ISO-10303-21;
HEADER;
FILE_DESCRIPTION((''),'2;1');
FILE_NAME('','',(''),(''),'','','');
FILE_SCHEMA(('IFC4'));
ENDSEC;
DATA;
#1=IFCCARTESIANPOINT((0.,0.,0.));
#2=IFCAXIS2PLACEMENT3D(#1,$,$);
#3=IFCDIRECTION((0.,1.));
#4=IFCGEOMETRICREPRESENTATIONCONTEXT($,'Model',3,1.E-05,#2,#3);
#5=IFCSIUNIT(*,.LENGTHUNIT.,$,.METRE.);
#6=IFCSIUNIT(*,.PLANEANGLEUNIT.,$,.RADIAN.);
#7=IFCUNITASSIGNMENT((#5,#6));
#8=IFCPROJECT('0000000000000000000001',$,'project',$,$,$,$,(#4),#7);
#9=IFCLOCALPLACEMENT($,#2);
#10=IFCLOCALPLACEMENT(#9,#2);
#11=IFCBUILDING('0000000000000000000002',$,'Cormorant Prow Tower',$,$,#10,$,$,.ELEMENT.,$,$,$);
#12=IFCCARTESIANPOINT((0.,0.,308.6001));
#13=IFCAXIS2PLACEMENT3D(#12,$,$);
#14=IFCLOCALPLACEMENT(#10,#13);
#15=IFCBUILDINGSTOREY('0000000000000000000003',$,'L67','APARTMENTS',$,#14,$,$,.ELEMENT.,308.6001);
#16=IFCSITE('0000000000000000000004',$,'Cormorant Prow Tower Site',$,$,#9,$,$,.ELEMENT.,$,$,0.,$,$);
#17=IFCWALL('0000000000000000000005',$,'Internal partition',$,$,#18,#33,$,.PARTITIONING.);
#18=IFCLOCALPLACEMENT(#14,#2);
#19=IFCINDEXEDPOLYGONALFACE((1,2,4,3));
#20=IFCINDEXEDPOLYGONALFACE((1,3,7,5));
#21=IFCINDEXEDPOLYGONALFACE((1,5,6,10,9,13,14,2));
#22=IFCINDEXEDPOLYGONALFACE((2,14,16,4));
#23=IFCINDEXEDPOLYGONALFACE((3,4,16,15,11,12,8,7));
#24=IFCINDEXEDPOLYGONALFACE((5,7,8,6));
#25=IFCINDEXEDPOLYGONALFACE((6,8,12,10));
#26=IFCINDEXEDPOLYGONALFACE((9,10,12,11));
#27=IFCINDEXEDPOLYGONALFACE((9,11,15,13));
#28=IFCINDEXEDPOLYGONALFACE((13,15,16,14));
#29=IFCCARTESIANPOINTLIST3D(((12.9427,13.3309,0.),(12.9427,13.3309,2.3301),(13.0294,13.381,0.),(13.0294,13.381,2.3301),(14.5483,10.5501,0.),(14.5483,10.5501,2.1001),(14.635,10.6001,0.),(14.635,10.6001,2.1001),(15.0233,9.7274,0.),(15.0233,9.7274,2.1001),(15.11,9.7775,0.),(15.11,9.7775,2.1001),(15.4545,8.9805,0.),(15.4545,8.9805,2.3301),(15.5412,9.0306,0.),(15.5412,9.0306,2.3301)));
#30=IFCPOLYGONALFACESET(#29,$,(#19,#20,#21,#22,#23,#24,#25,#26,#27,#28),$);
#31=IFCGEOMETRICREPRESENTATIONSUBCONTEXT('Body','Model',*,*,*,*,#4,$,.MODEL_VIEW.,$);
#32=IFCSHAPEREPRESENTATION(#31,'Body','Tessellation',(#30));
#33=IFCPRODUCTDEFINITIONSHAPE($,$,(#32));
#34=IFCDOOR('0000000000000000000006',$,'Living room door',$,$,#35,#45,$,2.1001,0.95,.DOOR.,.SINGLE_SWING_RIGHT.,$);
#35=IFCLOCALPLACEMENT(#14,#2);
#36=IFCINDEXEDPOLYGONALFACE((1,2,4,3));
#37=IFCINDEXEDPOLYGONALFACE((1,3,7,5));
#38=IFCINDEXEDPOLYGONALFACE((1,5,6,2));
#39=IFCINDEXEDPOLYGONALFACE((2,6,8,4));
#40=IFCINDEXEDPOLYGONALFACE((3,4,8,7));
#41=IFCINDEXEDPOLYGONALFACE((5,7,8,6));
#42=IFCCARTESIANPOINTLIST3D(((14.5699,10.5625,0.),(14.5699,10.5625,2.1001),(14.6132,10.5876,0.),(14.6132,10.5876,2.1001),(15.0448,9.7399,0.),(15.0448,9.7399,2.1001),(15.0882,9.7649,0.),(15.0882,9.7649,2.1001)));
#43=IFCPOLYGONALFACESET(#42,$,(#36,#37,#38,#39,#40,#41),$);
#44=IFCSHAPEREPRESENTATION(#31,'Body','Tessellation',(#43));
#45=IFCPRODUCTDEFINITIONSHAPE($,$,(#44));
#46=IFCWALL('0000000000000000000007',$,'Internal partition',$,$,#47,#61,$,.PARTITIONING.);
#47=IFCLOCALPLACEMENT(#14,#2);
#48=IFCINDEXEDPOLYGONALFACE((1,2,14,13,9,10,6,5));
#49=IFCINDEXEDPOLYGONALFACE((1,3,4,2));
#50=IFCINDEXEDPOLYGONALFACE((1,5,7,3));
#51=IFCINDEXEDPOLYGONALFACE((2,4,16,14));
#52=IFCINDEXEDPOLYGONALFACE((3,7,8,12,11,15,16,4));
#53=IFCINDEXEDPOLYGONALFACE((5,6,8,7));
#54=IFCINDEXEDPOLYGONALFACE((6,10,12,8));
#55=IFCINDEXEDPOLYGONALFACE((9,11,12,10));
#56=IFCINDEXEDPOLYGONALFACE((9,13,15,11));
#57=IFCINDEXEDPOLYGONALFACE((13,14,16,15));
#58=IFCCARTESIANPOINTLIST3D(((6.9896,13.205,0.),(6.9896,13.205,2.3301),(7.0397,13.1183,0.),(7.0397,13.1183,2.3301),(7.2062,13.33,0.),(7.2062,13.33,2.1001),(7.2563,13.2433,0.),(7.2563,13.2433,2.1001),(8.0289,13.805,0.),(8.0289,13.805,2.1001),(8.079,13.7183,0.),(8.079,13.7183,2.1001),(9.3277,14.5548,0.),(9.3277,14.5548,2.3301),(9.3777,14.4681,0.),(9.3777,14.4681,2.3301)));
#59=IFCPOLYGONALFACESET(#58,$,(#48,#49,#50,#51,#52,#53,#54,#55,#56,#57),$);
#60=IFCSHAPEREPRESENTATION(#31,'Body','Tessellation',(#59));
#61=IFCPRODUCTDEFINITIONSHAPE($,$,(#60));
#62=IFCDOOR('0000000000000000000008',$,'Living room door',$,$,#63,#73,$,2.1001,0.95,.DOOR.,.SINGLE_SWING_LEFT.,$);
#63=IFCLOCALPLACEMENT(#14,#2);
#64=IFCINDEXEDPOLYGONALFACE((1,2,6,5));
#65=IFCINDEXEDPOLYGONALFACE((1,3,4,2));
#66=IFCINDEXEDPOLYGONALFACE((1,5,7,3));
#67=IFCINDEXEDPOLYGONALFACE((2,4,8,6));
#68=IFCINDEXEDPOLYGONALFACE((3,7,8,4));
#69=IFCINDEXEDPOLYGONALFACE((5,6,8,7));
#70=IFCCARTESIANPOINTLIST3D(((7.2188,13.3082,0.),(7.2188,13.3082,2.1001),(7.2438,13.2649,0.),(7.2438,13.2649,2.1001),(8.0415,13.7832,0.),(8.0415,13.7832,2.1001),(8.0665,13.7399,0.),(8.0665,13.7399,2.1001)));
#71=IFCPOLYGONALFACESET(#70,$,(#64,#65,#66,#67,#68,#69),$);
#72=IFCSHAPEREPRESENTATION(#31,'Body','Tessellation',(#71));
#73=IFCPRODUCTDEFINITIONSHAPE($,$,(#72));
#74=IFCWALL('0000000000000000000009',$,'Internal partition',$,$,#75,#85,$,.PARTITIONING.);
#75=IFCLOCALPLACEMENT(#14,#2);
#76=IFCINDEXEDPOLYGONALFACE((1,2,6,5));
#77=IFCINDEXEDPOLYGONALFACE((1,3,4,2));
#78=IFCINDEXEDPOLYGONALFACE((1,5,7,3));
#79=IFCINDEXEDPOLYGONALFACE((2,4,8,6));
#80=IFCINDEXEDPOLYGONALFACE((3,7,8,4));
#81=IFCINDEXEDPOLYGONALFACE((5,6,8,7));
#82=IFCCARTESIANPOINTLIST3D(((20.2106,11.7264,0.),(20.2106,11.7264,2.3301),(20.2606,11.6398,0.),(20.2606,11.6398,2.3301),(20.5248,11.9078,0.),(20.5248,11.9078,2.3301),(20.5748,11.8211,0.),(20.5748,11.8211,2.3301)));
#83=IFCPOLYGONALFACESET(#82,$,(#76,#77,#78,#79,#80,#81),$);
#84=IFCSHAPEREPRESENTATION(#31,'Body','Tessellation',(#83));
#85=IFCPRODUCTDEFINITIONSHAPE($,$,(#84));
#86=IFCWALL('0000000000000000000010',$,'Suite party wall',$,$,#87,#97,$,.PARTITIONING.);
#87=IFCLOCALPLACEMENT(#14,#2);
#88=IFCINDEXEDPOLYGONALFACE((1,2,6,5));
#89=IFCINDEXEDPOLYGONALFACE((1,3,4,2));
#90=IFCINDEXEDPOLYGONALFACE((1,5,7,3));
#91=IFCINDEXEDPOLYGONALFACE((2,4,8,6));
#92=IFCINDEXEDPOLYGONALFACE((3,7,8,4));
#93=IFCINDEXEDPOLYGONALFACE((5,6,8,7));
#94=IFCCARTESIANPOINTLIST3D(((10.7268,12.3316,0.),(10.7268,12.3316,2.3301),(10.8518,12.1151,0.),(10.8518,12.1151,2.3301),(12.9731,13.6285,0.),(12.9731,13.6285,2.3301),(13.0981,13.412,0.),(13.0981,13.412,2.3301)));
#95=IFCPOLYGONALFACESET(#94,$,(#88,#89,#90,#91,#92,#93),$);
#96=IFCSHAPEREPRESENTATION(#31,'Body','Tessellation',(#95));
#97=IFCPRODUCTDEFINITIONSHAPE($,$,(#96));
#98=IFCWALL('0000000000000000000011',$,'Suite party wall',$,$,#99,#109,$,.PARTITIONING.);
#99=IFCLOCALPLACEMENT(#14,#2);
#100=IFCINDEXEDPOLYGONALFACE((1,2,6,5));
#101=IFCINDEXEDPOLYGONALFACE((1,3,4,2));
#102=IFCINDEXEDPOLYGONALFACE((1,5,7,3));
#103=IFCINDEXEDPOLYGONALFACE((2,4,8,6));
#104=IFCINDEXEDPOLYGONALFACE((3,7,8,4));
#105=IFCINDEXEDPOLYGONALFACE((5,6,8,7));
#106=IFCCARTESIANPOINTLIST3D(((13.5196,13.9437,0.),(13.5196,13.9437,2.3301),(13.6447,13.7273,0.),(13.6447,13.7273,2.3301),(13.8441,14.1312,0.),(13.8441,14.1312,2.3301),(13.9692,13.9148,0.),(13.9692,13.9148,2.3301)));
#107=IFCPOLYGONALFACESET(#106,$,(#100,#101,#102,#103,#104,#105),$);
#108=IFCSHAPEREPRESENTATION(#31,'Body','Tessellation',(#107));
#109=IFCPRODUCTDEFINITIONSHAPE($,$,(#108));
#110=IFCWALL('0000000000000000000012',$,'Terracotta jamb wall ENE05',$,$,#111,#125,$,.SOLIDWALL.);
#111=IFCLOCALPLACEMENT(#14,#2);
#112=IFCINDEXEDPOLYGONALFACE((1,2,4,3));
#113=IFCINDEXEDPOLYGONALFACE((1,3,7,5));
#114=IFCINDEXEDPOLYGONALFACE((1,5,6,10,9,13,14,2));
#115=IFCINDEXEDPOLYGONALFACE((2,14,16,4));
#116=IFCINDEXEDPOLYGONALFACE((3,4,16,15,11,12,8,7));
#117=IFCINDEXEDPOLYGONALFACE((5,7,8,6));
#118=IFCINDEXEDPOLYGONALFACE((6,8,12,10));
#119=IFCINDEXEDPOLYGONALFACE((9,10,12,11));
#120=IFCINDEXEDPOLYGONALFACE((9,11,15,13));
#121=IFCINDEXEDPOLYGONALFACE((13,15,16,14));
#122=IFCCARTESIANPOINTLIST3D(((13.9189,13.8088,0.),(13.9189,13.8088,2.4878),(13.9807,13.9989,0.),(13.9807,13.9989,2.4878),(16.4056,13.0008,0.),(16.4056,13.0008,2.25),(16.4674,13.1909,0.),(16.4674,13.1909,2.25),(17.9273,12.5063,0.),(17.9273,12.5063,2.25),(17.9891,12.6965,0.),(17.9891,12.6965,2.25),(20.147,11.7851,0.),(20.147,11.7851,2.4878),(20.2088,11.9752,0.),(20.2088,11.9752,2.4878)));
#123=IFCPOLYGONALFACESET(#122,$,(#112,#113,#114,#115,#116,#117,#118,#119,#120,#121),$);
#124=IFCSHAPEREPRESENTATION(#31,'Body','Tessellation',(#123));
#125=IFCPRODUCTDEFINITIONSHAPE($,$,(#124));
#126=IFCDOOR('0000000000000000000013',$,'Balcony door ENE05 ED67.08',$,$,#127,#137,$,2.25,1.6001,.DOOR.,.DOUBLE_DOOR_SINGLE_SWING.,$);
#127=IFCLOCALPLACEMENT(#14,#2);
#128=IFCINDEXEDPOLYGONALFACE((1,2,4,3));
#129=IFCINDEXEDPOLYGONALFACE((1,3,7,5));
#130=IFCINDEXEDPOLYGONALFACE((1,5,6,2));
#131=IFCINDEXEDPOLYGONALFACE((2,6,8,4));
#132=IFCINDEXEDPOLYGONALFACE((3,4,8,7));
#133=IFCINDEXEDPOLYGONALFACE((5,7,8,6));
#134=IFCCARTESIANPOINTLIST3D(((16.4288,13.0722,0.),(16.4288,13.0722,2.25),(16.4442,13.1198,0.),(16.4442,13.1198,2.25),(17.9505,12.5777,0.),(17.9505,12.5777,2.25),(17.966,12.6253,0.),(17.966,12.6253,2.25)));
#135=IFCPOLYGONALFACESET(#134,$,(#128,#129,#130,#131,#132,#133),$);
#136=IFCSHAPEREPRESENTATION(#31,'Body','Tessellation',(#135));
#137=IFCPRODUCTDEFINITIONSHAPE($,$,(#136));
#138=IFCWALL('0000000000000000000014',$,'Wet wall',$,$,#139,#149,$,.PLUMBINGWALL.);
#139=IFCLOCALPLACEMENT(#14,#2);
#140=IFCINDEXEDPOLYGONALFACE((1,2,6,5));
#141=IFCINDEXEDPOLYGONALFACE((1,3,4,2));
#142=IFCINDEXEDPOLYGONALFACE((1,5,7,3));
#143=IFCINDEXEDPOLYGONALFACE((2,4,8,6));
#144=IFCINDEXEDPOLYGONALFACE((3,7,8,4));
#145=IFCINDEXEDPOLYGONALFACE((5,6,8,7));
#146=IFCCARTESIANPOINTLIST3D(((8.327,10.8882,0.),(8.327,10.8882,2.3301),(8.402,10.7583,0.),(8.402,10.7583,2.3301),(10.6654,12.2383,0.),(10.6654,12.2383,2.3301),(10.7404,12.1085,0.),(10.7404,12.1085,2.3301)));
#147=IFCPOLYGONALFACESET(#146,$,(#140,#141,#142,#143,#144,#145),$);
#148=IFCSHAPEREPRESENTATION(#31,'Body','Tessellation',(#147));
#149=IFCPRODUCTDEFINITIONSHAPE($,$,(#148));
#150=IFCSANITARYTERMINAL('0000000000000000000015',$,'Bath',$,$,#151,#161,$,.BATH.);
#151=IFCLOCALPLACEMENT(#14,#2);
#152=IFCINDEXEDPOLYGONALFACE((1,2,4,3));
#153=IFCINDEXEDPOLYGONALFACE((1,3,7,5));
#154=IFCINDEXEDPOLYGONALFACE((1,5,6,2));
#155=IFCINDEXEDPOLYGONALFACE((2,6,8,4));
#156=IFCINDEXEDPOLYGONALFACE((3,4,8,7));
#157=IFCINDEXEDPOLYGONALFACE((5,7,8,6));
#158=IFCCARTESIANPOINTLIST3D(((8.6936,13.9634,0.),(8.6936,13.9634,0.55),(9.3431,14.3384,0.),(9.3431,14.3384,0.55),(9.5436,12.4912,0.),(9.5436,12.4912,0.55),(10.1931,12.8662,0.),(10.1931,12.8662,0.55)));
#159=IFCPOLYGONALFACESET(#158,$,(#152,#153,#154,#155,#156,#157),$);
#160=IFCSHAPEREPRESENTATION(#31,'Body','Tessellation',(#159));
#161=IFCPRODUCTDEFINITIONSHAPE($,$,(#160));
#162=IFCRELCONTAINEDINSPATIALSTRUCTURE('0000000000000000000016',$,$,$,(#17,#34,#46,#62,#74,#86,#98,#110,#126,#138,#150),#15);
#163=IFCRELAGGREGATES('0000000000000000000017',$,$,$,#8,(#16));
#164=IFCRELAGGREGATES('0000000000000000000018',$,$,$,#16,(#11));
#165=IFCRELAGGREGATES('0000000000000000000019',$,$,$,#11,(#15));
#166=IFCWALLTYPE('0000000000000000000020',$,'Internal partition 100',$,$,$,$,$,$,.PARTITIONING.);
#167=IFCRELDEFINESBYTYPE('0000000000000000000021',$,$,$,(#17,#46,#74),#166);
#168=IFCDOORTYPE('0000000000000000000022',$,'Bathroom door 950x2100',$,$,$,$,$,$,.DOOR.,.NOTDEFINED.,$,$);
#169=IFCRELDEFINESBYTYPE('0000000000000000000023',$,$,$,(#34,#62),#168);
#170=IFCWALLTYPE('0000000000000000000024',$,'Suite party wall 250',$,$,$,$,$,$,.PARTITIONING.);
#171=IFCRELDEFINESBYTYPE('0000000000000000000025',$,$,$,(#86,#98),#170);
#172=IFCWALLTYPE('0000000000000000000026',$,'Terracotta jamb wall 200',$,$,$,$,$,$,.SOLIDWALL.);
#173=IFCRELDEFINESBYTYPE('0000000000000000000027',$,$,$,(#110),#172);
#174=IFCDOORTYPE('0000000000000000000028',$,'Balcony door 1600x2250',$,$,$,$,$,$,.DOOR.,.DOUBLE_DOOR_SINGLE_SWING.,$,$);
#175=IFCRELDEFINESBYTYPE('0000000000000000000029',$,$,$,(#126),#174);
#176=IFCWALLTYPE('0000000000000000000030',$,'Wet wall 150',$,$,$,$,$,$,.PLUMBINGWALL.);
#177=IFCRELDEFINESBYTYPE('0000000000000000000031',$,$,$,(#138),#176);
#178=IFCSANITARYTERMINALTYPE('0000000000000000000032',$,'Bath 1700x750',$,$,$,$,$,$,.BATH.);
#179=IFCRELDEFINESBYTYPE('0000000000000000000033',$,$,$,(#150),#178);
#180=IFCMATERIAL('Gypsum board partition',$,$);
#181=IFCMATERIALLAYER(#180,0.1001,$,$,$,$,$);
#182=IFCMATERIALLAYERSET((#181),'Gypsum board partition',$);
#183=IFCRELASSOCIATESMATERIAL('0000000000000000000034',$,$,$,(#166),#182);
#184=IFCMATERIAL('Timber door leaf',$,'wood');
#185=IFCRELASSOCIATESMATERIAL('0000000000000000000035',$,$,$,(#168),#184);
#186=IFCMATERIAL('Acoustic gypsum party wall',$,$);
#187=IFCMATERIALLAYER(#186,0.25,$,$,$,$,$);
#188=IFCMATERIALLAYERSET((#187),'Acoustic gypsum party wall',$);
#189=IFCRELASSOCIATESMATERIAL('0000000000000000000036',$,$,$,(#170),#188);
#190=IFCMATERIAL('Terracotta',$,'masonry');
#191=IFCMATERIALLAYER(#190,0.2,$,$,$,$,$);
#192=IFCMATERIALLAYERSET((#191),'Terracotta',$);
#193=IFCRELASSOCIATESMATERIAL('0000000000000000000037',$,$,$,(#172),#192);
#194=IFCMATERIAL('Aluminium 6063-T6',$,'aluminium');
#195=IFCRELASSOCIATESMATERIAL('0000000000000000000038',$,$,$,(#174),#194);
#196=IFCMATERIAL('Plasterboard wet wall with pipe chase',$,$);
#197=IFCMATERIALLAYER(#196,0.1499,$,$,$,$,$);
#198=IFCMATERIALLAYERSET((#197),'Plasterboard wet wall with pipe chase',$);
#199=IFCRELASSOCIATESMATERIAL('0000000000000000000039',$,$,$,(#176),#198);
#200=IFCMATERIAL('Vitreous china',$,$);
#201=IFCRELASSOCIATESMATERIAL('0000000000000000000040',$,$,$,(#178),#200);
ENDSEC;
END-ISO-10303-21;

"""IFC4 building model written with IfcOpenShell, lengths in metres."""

from ifc_helpers import new_model, si_unit, direction, frame, frame_2d, origin, origin_2d, place, context, subcontext, project, spatial, rectangle, extrude, material, layer, layer_set, type_object, element, fill, save


model = new_model("IFC4")

# Units and contexts
model_context = context("Model", 3, precision=1e-05, world=origin(), true_north=direction((0.0, 1.0)))
body_context = subcontext(model_context, "Body", "Model", "MODEL_VIEW")
ifc_project = project(units=[si_unit("LENGTHUNIT", "METRE"), si_unit("PLANEANGLEUNIT", "RADIAN")], contexts=[model_context])

# Site, building, storey
site_placement = place(None, origin())
site = spatial("IfcSite", under=ifc_project, at=site_placement, Name="Cormorant Prow Tower Site", CompositionType="ELEMENT", RefElevation=0.0)
building_placement = place(site_placement, origin())
building = spatial("IfcBuilding", under=site, at=building_placement, Name="Cormorant Prow Tower", CompositionType="ELEMENT")
storey_placement = place(building_placement, frame((0.0, 0.0, 308.6001)))
storey = spatial("IfcBuildingStorey", under=building, at=storey_placement, Name="L67", Description="APARTMENTS", CompositionType="ELEMENT", Elevation=308.6001)

# Shared definitions
ifc_material_1 = material(Name="Gypsum board partition")
ifc_layer_1 = layer(ifc_material_1, 0.1001)
ifc_layer_set_1 = layer_set([ifc_layer_1], Name="Gypsum board partition")
wall_type_1 = type_object("IfcWallType", Name="Internal partition 100", PredefinedType="PARTITIONING", material=ifc_layer_set_1)
ifc_material_2 = material(Name="Timber door leaf", Category="wood")
door_type_1 = type_object("IfcDoorType", Name="Bathroom door 950x2100", OperationType="NOTDEFINED", PredefinedType="DOOR", material=ifc_material_2)

# Walls, openings, doors
wall_1_placement = place(storey_placement, frame((12.9861, 13.356, 0.0), z_axis=(0.0, 0.0, 1.0), x_axis=(0.500007, -0.866021, 0.0)))
wall_1 = element("IfcWall", 1, at=wall_1_placement, inside=storey, type_object=wall_type_1, Name="Internal partition", PredefinedType="PARTITIONING", context=body_context, shape_type="SweptSolid", body=[
    extrude(rectangle(XDim=5.0234, YDim=0.1001, at=frame_2d((2.5117, 0.0))), origin(), (0.0, 0.0, 1.0), 2.3301),
])
opening_1_placement = place(wall_1_placement, frame((3.2109, 0.0, 0.0)))
opening_1 = element("IfcOpeningElement", 2, at=opening_1_placement, cuts=wall_1, PredefinedType="OPENING", context=body_context, shape_type="SweptSolid", body=[
    extrude(rectangle(XDim=0.95, YDim=2.1001, at=frame_2d((0.4751, 1.05))), frame((0.0, 0.0601, 0.0), z_axis=(0.0, -1.0, 0.0), x_axis=(1.0, 0.0, 0.0)), (0.0, 0.0, 1.0), 0.1201),
])
door_1_placement = place(opening_1_placement, origin())
door_1 = element("IfcDoor", 3, at=door_1_placement, inside=storey, type_object=door_type_1, Name="Living room door", OperationType="SINGLE_SWING_RIGHT", OverallHeight=2.1001, OverallWidth=0.95, PredefinedType="DOOR", context=body_context, shape_type="SweptSolid", body=[
    extrude(rectangle(XDim=0.95, YDim=2.1001, at=frame_2d((0.4751, 1.05))), frame((0.0, 0.0249, 0.0), z_axis=(0.0, -1.0, 0.0), x_axis=(1.0, 0.0, 0.0)), (0.0, 0.0, 1.0), 0.05),
])
fill(opening_1, door_1)
wall_2_placement = place(storey_placement, frame((7.0146, 13.1616, 0.0), z_axis=(0.0, 0.0, 1.0), x_axis=(0.866037, 0.499981, 0.0)))
wall_2 = element("IfcWall", 4, at=wall_2_placement, inside=storey, type_object=wall_type_1, Name="Internal partition", PredefinedType="PARTITIONING", context=body_context, shape_type="SweptSolid", body=[
    extrude(rectangle(XDim=2.6997, YDim=0.1001, at=frame_2d((1.3499, 0.0))), origin(), (0.0, 0.0, 1.0), 2.3301),
])
opening_2_placement = place(wall_2_placement, frame((0.25, 0.0, 0.0)))
opening_2 = element("IfcOpeningElement", 5, at=opening_2_placement, cuts=wall_2, PredefinedType="OPENING", context=body_context, shape_type="SweptSolid", body=[
    extrude(rectangle(XDim=0.95, YDim=2.1001, at=frame_2d((0.4751, 1.05))), frame((0.0, 0.0601, 0.0), z_axis=(0.0, -1.0, 0.0), x_axis=(1.0, 0.0, 0.0)), (0.0, 0.0, 1.0), 0.1201),
])
door_2_placement = place(opening_2_placement, origin())
door_2 = element("IfcDoor", 6, at=door_2_placement, inside=storey, type_object=door_type_1, Name="Living room door", OperationType="SINGLE_SWING_LEFT", OverallHeight=2.1001, OverallWidth=0.95, PredefinedType="DOOR", context=body_context, shape_type="SweptSolid", body=[
    extrude(rectangle(XDim=0.95, YDim=2.1001, at=frame_2d((0.4751, 1.05))), frame((0.0, 0.0249, 0.0), z_axis=(0.0, -1.0, 0.0), x_axis=(1.0, 0.0, 0.0)), (0.0, 0.0, 1.0), 0.05),
])
fill(opening_2, door_2)

# Walls
wall_3_placement = place(storey_placement, frame((20.2356, 11.6831, 0.0), z_axis=(0.0, 0.0, 1.0), x_axis=(0.86604, 0.499975, 0.0)))
element("IfcWall", 7, at=wall_3_placement, inside=storey, type_object=wall_type_1, Name="Internal partition", PredefinedType="PARTITIONING", context=body_context, shape_type="SweptSolid", body=[
    extrude(rectangle(XDim=0.3628, YDim=0.1001, at=frame_2d((0.1814, 0.0))), origin(), (0.0, 0.0, 1.0), 2.3301),
])
ifc_material_3 = material(Name="Acoustic gypsum party wall")
ifc_layer_2 = layer(ifc_material_3, 0.25)
ifc_layer_set_2 = layer_set([ifc_layer_2], Name="Acoustic gypsum party wall")
wall_type_2 = type_object("IfcWallType", Name="Suite party wall 250", PredefinedType="PARTITIONING", material=ifc_layer_set_2)
wall_4_placement = place(storey_placement, frame((10.7893, 12.2234, 0.0), z_axis=(0.0, 0.0, 1.0), x_axis=(0.866034, 0.499986, 0.0)))
element("IfcWall", 8, at=wall_4_placement, inside=storey, type_object=wall_type_2, Name="Suite party wall", PredefinedType="PARTITIONING", context=body_context, shape_type="SweptSolid", body=[
    extrude(rectangle(XDim=2.5938, YDim=0.25, at=frame_2d((1.2969, 0.0))), origin(), (0.0, 0.0, 1.0), 2.3301),
])
wall_5_placement = place(storey_placement, frame((13.582, 13.8354, 0.0), z_axis=(0.0, 0.0, 1.0), x_axis=(0.865827, 0.500343, 0.0)))
element("IfcWall", 9, at=wall_5_placement, inside=storey, type_object=wall_type_2, Name="Suite party wall", PredefinedType="PARTITIONING", context=body_context, shape_type="SweptSolid", body=[
    extrude(rectangle(XDim=0.3748, YDim=0.25, at=frame_2d((0.1875, 0.0))), origin(), (0.0, 0.0, 1.0), 2.3301),
])

# Wall, opening, door
ifc_material_4 = material(Name="Terracotta", Category="masonry")
ifc_layer_3 = layer(ifc_material_4, 0.2)
ifc_layer_set_3 = layer_set([ifc_layer_3], Name="Terracotta")
wall_type_3 = type_object("IfcWallType", Name="Terracotta jamb wall 200", PredefinedType="SOLIDWALL", material=ifc_layer_set_3)
wall_6_placement = place(storey_placement, frame((20.178, 11.8801, 0.0), z_axis=(0.0, 0.0, 1.0), x_axis=(-0.951053, 0.309027, 0.0)))
wall_6 = element("IfcWall", 10, at=wall_6_placement, inside=storey, type_object=wall_type_3, Name="Terracotta jamb wall ENE05", PredefinedType="SOLIDWALL", context=body_context, shape_type="SweptSolid", body=[
    extrude(rectangle(XDim=6.5486, YDim=0.2, at=frame_2d((3.2744, 0.0))), origin(), (0.0, 0.0, 1.0), 2.4878),
])
opening_3_placement = place(wall_6_placement, frame((2.334, 0.0, 0.0)))
opening_3 = element("IfcOpeningElement", 11, at=opening_3_placement, cuts=wall_6, PredefinedType="OPENING", context=body_context, shape_type="SweptSolid", body=[
    extrude(rectangle(XDim=1.6001, YDim=2.25, at=frame_2d((0.8, 1.125))), frame((0.0, 0.1099, 0.0), z_axis=(0.0, -1.0, 0.0), x_axis=(1.0, 0.0, 0.0)), (0.0, 0.0, 1.0), 0.22),
])
ifc_material_5 = material(Name="Aluminium 6063-T6", Category="aluminium")
door_type_2 = type_object("IfcDoorType", Name="Balcony door 1600x2250", OperationType="DOUBLE_DOOR_SINGLE_SWING", PredefinedType="DOOR", material=ifc_material_5)
door_3_placement = place(opening_3_placement, origin())
door_3 = element("IfcDoor", 12, at=door_3_placement, inside=storey, type_object=door_type_2, Name="Balcony door ENE05 ED67.08", OperationType="DOUBLE_DOOR_SINGLE_SWING", OverallHeight=2.25, OverallWidth=1.6001, PredefinedType="DOOR", context=body_context, shape_type="SweptSolid", body=[
    extrude(rectangle(XDim=1.6001, YDim=2.25, at=frame_2d((0.8, 1.125))), frame((0.0, 0.0249, 0.0), z_axis=(0.0, -1.0, 0.0), x_axis=(1.0, 0.0, 0.0)), (0.0, 0.0, 1.0), 0.05),
])
fill(opening_3, door_3)

# Wall
ifc_material_6 = material(Name="Plasterboard wet wall with pipe chase")
ifc_layer_4 = layer(ifc_material_6, 0.1499)
ifc_layer_set_4 = layer_set([ifc_layer_4], Name="Plasterboard wet wall with pipe chase")
wall_type_4 = type_object("IfcWallType", Name="Wet wall 150", PredefinedType="PLUMBINGWALL", material=ifc_layer_set_4)
wall_7_placement = place(storey_placement, frame((8.3645, 10.8232, 0.0), z_axis=(0.0, 0.0, 1.0), x_axis=(0.86602, 0.500009, 0.0)))
element("IfcWall", 13, at=wall_7_placement, inside=storey, type_object=wall_type_4, Name="Wet wall", PredefinedType="PLUMBINGWALL", context=body_context, shape_type="SweptSolid", body=[
    extrude(rectangle(XDim=2.7002, YDim=0.1499, at=frame_2d((1.3501, 0.0))), origin(), (0.0, 0.0, 1.0), 2.3301),
])

# Sanitary terminal
ifc_material_7 = material(Name="Vitreous china")
sanitary_terminal_type_1 = type_object("IfcSanitaryTerminalType", Name="Bath 1700x750", PredefinedType="BATH", material=ifc_material_7)
sanitary_terminal_placement = place(storey_placement, frame((9.4434, 13.4148, 0.0), z_axis=(0.0, 0.0, 1.0), x_axis=(0.5, -0.866025, 0.0)))
element("IfcSanitaryTerminal", 14, at=sanitary_terminal_placement, inside=storey, type_object=sanitary_terminal_type_1, Name="Bath", PredefinedType="BATH", context=body_context, shape_type="SweptSolid", body=[
    extrude(rectangle(XDim=1.7, YDim=0.75, at=origin_2d()), origin(), (0.0, 0.0, 1.0), 0.55),
])

save(model, "model.ifc")
